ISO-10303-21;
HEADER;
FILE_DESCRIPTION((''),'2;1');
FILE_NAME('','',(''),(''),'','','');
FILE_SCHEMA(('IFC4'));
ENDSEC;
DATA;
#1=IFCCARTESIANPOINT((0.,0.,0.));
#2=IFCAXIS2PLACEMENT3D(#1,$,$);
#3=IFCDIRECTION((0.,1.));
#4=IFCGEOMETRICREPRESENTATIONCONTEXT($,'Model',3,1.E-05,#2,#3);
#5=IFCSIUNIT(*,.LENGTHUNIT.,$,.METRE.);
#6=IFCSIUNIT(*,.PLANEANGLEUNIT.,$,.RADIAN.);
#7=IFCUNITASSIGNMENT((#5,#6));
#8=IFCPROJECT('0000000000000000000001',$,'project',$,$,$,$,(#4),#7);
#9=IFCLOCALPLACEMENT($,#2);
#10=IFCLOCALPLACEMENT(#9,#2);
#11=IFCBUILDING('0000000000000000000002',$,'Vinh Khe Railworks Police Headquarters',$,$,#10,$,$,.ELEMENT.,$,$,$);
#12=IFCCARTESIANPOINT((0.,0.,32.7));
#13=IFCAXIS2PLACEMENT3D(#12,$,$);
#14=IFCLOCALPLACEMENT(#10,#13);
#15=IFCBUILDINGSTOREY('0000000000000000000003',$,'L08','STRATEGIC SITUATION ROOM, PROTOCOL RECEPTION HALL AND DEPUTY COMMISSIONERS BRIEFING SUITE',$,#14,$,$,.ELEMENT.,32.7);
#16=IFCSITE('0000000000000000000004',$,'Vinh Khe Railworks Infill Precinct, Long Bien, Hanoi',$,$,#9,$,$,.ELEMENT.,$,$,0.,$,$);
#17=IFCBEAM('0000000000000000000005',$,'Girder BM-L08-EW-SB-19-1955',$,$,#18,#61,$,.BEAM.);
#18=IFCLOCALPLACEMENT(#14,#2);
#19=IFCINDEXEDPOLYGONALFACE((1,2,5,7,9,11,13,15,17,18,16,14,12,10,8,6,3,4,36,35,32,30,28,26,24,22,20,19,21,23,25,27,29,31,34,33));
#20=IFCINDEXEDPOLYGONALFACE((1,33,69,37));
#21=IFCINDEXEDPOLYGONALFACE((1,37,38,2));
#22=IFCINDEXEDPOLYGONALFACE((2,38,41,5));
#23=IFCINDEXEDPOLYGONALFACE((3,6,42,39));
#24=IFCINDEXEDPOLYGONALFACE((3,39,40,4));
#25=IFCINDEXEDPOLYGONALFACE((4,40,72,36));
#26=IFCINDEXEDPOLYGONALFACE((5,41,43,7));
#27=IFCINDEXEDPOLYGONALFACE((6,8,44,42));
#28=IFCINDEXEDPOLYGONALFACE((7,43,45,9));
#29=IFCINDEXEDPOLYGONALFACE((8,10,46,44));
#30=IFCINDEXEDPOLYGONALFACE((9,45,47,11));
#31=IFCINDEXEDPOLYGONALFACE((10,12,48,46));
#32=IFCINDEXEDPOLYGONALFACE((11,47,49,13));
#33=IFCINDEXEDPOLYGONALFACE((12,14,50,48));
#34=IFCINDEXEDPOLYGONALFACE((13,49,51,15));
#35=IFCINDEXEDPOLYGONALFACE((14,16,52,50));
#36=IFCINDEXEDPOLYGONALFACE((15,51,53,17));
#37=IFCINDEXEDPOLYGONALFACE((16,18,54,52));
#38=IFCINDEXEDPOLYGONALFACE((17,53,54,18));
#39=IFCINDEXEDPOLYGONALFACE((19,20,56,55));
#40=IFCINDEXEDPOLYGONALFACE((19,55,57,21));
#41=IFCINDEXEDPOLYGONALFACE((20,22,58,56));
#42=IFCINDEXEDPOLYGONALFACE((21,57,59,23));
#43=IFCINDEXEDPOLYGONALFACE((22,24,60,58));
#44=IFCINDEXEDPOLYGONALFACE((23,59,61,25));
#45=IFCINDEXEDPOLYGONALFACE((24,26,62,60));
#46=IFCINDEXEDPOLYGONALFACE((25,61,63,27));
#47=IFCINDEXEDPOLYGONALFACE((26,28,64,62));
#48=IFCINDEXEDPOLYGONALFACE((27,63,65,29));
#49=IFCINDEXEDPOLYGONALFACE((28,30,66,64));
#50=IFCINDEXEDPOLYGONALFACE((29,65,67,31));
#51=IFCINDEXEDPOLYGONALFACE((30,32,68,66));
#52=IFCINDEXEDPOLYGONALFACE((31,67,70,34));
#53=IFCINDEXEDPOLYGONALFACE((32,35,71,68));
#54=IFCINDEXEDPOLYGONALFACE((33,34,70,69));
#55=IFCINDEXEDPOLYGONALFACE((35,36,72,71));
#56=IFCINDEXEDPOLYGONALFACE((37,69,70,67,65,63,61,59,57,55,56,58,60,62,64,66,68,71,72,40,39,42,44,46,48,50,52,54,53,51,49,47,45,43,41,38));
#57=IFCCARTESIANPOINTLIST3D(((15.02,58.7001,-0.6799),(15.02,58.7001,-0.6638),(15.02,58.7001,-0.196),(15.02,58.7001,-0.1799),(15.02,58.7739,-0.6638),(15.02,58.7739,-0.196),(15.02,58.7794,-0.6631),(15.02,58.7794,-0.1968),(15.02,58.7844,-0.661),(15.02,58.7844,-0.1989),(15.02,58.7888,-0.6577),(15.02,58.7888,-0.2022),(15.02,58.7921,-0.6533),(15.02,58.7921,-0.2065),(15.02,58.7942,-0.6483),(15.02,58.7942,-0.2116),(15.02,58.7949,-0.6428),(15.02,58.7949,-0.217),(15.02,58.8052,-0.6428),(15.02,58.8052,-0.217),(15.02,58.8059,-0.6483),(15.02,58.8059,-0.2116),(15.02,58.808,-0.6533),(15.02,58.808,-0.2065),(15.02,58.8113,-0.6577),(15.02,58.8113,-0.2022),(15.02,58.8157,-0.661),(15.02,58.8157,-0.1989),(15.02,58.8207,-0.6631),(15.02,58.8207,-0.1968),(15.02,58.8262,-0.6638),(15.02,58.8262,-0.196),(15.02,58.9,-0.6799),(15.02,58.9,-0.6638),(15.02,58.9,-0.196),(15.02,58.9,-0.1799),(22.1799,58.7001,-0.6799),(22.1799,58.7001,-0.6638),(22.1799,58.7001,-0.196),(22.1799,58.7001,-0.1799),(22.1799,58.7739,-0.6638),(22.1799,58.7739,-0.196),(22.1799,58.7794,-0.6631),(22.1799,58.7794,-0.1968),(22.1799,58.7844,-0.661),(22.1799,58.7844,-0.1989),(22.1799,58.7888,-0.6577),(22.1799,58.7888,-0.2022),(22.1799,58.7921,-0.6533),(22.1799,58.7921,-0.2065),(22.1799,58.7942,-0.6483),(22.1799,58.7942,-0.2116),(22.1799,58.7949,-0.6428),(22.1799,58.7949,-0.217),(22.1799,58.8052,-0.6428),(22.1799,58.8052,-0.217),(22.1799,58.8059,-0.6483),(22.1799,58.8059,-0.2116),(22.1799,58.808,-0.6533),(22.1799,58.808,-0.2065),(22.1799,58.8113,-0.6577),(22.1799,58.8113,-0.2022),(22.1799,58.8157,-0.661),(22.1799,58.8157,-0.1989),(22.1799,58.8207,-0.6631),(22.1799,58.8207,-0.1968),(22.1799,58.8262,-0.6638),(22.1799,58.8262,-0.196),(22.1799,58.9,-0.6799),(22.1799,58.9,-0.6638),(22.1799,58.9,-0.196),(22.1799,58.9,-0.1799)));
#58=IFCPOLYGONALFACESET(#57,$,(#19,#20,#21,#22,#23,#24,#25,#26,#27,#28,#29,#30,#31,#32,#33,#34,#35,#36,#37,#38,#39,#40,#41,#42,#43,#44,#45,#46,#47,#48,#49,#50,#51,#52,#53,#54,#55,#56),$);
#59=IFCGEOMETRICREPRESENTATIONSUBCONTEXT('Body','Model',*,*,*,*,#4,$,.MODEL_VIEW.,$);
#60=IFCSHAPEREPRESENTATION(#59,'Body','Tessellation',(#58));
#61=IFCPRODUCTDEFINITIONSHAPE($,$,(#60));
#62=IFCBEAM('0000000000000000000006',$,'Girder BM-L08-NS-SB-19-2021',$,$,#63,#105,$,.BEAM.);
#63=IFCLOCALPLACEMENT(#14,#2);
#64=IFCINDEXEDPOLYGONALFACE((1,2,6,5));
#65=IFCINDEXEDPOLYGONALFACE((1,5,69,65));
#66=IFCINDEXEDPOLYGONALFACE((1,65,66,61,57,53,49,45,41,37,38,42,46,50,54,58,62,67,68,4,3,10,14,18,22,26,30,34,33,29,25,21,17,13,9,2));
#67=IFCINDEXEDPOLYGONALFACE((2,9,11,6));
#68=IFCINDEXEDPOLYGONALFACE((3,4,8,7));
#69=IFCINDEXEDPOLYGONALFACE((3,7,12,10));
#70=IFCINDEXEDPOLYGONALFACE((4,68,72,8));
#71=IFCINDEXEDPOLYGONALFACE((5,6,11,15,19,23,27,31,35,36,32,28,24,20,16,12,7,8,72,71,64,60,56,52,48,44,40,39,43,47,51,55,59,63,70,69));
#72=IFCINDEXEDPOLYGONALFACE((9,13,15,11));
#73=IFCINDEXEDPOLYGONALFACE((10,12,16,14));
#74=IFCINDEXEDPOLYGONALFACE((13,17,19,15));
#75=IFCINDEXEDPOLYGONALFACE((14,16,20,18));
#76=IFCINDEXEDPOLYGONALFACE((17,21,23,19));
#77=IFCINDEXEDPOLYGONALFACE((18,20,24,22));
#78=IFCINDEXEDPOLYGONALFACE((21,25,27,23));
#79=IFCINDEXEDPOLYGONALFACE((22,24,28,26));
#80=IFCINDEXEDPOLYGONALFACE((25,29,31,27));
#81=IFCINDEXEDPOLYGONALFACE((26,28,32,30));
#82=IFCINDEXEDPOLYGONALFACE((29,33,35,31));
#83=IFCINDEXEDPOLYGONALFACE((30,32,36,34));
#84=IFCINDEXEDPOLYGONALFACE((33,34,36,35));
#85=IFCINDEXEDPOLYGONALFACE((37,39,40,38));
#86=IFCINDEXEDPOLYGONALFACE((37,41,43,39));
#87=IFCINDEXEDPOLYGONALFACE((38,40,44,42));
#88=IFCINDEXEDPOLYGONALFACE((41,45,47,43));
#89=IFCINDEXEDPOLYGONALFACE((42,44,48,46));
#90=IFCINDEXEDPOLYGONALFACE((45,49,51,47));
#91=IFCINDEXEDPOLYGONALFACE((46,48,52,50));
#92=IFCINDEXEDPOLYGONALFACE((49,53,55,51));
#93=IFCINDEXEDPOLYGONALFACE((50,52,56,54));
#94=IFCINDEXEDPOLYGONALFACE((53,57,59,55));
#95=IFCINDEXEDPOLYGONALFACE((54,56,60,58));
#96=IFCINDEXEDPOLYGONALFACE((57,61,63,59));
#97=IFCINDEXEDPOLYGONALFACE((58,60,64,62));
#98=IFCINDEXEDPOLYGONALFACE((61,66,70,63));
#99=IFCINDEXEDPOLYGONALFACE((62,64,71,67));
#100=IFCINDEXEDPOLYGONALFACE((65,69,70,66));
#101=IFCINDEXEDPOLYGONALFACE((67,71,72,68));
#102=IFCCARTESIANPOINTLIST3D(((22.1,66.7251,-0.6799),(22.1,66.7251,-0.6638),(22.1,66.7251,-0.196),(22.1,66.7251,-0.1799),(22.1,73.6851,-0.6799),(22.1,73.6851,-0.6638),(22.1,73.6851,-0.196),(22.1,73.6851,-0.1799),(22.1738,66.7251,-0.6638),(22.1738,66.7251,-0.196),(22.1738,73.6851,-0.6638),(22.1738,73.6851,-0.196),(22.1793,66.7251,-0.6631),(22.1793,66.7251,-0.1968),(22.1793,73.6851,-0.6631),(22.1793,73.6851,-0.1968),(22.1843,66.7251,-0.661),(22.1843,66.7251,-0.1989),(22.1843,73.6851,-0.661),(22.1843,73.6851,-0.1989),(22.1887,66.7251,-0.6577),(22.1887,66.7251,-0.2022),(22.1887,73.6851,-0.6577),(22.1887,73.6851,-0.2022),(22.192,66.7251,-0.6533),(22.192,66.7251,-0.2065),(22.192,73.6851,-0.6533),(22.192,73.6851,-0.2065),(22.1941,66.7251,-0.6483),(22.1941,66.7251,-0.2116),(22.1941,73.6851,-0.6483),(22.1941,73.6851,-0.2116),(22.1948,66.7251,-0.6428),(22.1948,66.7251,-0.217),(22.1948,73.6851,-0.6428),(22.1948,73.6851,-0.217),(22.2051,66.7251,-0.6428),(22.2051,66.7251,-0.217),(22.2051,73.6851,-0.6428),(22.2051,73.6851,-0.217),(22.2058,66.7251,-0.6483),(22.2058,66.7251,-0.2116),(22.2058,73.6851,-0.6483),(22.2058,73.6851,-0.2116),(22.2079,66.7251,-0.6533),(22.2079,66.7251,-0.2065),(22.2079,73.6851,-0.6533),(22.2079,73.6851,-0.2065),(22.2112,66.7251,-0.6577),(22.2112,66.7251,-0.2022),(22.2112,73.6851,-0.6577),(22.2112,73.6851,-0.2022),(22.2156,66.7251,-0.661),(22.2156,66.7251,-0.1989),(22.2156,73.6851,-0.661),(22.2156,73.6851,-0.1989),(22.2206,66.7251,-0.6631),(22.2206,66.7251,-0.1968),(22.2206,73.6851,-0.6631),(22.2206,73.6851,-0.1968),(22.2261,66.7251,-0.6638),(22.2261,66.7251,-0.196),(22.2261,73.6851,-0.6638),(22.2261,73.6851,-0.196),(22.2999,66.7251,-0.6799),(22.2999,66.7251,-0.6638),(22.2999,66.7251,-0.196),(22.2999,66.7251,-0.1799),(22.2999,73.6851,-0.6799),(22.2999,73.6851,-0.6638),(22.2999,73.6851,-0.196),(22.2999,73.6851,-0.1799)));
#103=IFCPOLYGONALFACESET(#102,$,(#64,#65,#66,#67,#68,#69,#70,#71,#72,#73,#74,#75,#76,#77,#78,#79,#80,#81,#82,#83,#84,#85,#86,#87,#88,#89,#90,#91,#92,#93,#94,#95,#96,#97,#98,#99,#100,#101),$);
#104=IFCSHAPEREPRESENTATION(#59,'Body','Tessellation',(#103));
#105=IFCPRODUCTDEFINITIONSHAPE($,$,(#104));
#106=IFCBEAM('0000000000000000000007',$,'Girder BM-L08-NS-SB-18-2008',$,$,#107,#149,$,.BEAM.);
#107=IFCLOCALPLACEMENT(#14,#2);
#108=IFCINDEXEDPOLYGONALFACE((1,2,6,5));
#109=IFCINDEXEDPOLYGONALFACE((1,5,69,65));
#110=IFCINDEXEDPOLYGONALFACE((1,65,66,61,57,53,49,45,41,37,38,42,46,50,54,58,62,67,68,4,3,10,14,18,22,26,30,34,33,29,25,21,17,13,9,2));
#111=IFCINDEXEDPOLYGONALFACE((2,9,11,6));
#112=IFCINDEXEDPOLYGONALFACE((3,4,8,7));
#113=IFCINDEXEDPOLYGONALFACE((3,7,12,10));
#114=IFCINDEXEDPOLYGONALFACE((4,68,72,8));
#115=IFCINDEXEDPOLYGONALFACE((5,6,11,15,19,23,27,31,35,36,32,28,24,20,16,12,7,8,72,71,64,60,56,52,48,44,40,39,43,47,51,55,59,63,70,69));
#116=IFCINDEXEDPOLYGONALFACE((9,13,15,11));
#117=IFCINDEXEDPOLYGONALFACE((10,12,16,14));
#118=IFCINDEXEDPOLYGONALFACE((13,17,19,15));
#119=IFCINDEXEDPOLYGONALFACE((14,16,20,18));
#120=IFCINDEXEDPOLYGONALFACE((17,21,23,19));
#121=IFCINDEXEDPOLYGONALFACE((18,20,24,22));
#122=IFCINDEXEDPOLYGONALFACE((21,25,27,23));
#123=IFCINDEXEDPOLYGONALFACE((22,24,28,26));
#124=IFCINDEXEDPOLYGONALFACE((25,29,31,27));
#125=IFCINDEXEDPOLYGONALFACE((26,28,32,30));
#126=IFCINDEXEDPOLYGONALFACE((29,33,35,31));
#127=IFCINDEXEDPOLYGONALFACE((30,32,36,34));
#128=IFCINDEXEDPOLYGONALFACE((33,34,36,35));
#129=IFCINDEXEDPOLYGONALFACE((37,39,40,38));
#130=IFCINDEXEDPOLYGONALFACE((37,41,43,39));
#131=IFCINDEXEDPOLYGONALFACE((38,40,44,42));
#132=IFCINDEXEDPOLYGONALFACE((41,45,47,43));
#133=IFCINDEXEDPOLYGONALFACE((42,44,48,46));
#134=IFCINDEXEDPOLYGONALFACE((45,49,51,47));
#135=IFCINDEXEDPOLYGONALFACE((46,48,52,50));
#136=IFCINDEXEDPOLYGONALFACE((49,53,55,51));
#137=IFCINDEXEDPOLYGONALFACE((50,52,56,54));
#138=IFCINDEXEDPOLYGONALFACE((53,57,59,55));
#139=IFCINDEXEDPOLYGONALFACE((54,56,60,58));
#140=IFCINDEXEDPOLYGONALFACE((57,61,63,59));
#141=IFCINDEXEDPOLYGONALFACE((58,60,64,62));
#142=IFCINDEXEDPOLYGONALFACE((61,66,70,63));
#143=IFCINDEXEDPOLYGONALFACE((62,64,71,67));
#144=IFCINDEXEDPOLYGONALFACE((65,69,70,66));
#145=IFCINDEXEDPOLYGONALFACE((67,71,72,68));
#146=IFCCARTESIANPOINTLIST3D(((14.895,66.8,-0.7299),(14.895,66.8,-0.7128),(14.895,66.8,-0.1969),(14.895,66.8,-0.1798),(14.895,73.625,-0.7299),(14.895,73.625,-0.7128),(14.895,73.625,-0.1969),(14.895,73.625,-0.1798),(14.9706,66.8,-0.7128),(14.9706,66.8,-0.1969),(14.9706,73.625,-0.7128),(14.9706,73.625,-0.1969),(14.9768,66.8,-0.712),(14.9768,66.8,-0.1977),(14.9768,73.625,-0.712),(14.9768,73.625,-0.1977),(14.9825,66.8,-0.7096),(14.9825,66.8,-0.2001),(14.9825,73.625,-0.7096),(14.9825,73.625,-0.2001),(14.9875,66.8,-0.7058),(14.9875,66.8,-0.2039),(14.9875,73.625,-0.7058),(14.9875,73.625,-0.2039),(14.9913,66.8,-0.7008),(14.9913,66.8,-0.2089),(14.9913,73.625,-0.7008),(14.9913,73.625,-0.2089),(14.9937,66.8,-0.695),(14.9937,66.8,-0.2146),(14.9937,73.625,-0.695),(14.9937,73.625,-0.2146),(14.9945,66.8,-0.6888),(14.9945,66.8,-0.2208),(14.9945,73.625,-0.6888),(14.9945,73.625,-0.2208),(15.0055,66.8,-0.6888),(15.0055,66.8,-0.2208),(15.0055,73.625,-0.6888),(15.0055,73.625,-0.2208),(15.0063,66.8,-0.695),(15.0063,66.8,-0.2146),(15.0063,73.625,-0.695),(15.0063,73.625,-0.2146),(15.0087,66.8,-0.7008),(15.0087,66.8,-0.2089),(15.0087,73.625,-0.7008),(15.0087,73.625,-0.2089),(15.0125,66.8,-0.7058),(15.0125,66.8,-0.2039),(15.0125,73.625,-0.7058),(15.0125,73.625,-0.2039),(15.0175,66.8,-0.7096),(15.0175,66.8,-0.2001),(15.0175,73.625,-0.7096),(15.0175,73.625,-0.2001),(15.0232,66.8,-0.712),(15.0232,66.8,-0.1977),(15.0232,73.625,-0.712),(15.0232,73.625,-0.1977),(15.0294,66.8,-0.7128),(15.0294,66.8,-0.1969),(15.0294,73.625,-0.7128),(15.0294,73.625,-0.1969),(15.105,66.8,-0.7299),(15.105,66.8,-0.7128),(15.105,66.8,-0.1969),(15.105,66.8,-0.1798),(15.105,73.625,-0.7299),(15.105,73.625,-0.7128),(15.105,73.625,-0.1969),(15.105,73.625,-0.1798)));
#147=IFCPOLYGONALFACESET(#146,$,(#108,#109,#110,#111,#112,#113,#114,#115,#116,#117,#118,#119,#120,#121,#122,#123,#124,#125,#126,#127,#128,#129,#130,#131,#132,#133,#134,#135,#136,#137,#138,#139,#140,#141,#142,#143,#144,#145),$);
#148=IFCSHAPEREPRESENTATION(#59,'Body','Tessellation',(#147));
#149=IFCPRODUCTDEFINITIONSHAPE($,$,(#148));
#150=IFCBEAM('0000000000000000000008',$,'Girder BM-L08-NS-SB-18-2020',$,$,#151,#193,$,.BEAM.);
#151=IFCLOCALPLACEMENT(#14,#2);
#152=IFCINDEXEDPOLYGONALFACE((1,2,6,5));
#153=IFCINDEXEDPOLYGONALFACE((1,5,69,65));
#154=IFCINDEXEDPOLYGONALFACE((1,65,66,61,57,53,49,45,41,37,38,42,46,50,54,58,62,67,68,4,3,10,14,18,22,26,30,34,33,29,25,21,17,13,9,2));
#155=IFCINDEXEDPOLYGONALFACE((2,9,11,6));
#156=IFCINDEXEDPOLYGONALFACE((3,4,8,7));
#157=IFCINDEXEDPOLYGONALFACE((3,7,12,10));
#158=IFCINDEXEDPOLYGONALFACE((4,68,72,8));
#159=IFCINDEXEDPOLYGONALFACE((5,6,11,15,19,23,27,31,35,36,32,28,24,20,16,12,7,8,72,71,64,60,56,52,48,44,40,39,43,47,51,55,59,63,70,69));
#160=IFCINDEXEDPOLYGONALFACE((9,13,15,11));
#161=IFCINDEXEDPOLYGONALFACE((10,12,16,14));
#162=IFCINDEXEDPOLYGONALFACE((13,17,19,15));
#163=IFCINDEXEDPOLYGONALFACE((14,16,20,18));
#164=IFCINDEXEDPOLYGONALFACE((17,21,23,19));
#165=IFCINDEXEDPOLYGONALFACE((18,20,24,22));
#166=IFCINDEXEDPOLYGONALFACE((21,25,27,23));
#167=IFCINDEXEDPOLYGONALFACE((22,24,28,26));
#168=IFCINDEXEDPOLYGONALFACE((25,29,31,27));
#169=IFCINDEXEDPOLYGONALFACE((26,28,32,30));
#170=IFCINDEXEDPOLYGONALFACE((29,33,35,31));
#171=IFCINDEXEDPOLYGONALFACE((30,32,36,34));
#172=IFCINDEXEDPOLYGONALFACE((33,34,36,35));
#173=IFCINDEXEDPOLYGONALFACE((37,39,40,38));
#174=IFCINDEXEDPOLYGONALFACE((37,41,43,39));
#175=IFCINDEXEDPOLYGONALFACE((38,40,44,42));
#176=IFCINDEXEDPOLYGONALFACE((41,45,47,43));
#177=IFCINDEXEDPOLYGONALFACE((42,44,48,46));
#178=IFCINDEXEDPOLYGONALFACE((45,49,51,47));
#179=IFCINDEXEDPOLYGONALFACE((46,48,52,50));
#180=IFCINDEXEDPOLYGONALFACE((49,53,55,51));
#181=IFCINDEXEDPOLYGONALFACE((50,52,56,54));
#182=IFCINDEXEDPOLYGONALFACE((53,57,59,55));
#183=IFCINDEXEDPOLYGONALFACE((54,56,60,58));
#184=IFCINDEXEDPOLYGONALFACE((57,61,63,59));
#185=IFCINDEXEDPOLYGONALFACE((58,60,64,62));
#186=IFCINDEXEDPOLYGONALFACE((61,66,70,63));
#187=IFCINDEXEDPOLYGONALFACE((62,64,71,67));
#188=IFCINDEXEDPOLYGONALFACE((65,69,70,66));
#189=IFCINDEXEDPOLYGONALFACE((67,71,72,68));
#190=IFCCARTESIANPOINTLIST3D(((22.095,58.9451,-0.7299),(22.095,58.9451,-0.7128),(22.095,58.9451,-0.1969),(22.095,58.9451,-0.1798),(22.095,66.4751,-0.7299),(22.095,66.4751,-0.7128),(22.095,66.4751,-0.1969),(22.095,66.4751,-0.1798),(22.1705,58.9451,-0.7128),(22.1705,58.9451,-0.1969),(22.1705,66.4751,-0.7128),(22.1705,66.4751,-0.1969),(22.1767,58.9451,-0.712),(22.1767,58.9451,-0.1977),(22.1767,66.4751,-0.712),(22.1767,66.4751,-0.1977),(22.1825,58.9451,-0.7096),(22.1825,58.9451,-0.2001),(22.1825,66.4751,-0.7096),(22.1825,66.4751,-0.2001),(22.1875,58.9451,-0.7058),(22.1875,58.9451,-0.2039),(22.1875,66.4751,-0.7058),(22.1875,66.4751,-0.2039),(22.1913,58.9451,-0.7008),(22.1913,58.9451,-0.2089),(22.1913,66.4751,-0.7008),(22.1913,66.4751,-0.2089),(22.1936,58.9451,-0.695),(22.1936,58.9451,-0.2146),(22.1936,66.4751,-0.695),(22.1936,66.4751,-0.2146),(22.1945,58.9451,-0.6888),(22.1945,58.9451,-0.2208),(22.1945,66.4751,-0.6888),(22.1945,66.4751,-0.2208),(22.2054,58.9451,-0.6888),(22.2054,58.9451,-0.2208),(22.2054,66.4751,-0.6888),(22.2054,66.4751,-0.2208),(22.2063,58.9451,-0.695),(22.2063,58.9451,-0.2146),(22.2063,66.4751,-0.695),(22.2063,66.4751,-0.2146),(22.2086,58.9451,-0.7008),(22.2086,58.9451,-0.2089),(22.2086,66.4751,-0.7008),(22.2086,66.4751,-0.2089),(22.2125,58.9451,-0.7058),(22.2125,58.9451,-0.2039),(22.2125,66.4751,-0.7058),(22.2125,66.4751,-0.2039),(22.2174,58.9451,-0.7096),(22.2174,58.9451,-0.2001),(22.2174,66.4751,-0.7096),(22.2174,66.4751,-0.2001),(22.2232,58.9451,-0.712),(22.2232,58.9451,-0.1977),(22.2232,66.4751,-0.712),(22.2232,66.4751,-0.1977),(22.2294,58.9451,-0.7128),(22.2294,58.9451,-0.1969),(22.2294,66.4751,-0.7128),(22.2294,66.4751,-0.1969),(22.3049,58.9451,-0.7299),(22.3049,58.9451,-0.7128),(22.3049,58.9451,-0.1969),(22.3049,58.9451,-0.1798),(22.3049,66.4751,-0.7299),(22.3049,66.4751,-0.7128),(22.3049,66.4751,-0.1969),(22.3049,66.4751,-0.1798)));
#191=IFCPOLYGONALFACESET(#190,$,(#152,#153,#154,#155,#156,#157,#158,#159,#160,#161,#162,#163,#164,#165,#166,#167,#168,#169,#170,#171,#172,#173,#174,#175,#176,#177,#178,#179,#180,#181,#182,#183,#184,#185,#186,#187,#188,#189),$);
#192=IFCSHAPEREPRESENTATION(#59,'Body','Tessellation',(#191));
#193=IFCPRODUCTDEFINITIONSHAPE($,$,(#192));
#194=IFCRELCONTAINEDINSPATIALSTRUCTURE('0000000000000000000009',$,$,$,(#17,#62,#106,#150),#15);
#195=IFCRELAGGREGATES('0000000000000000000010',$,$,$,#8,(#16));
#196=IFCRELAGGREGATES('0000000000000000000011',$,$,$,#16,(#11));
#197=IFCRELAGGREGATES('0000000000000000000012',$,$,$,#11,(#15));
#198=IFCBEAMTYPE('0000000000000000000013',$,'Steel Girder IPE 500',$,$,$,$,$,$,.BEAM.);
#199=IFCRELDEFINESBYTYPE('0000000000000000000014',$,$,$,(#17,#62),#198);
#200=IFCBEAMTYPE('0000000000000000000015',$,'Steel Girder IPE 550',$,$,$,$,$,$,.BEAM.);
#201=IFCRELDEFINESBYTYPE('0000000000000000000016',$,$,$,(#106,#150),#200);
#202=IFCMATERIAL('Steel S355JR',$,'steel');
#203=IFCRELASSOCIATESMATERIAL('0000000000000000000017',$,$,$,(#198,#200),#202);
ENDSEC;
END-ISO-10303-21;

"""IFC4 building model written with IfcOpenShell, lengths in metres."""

from ifc_helpers import new_model, si_unit, direction, frame, origin, origin_2d, place, context, subcontext, project, spatial, i_section, extrude, material, material_profile, profile_set, type_object, element, save


model = new_model("IFC4")

# Units and contexts
model_context = context("Model", 3, precision=1e-05, world=origin(), true_north=direction((0.0, 1.0)))
body_context = subcontext(model_context, "Body", "Model", "MODEL_VIEW")
ifc_project = project(units=[si_unit("LENGTHUNIT", "METRE"), si_unit("PLANEANGLEUNIT", "RADIAN")], contexts=[model_context])

# Site, building, storey
site_placement = place(None, origin())
site = spatial("IfcSite", under=ifc_project, at=site_placement, Name="Vinh Khe Railworks Infill Precinct, Long Bien, Hanoi", CompositionType="ELEMENT", RefElevation=0.0)
building_placement = place(site_placement, origin())
building = spatial("IfcBuilding", under=site, at=building_placement, Name="Vinh Khe Railworks Police Headquarters", CompositionType="ELEMENT")
storey_placement = place(building_placement, frame((0.0, 0.0, 32.7)))
storey = spatial("IfcBuildingStorey", under=building, at=storey_placement, Name="L08", Description="STRATEGIC SITUATION ROOM, PROTOCOL RECEPTION HALL AND DEPUTY COMMISSIONERS BRIEFING SUITE", CompositionType="ELEMENT", Elevation=32.7)

# Shared definitions
ifc_material_1 = material(Name="Steel S355JR", Category="steel")

# Beams
ifc_material_profile_1 = material_profile(ifc_material_1, i_section(OverallWidth=0.2, OverallDepth=0.5, WebThickness=0.0103, FlangeThickness=0.0161, FilletRadius=0.021, at=origin_2d()), Name="IPE 500")
ifc_profile_set_1 = profile_set([ifc_material_profile_1], Name="Steel S355JR")
beam_type_1 = type_object("IfcBeamType", Name="Steel Girder IPE 500", PredefinedType="BEAM", material=ifc_profile_set_1)
beam_1_placement = place(storey_placement, frame((15.02, 58.8, -0.4299), z_axis=(1.0, 0.0, 0.0), x_axis=(0.0, 1.0, 0.0)))
element("IfcBeam", 1, at=beam_1_placement, inside=storey, type_object=beam_type_1, Name="Girder BM-L08-EW-SB-19-1955", PredefinedType="BEAM", context=body_context, shape_type="SweptSolid", body=[
    extrude(i_section(OverallWidth=0.2, OverallDepth=0.5, WebThickness=0.0103, FlangeThickness=0.0161, FilletRadius=0.021, at=origin_2d()), origin(), (0.0, 0.0, 1.0), 7.1599),
])
beam_2_placement = place(storey_placement, frame((22.2, 66.7251, -0.4299), z_axis=(0.0, 1.0, 0.0), x_axis=(-1.0, 0.0, 0.0)))
element("IfcBeam", 2, at=beam_2_placement, inside=storey, type_object=beam_type_1, Name="Girder BM-L08-NS-SB-19-2021", PredefinedType="BEAM", context=body_context, shape_type="SweptSolid", body=[
    extrude(i_section(OverallWidth=0.2, OverallDepth=0.5, WebThickness=0.0103, FlangeThickness=0.0161, FilletRadius=0.021, at=origin_2d()), origin(), (0.0, 0.0, 1.0), 6.96),
])
ifc_material_profile_2 = material_profile(ifc_material_1, i_section(OverallWidth=0.21, OverallDepth=0.55, WebThickness=0.011, FlangeThickness=0.0171, FilletRadius=0.0239, at=origin_2d()), Name="IPE 550")
ifc_profile_set_2 = profile_set([ifc_material_profile_2], Name="Steel S355JR")
beam_type_2 = type_object("IfcBeamType", Name="Steel Girder IPE 550", PredefinedType="BEAM", material=ifc_profile_set_2)
beam_3_placement = place(storey_placement, frame((15.0, 66.8, -0.4548), z_axis=(0.0, 1.0, 0.0), x_axis=(-1.0, 0.0, 0.0)))
element("IfcBeam", 3, at=beam_3_placement, inside=storey, type_object=beam_type_2, Name="Girder BM-L08-NS-SB-18-2008", PredefinedType="BEAM", context=body_context, shape_type="SweptSolid", body=[
    extrude(i_section(OverallWidth=0.21, OverallDepth=0.55, WebThickness=0.011, FlangeThickness=0.0171, FilletRadius=0.0239, at=origin_2d()), origin(), (0.0, 0.0, 1.0), 6.825),
])
beam_4_placement = place(storey_placement, frame((22.2, 58.9451, -0.4548), z_axis=(0.0, 1.0, 0.0), x_axis=(-1.0, 0.0, 0.0)))
element("IfcBeam", 4, at=beam_4_placement, inside=storey, type_object=beam_type_2, Name="Girder BM-L08-NS-SB-18-2020", PredefinedType="BEAM", context=body_context, shape_type="SweptSolid", body=[
    extrude(i_section(OverallWidth=0.21, OverallDepth=0.55, WebThickness=0.011, FlangeThickness=0.0171, FilletRadius=0.0239, at=origin_2d()), origin(), (0.0, 0.0, 1.0), 7.53),
])

save(model, "model.ifc")
